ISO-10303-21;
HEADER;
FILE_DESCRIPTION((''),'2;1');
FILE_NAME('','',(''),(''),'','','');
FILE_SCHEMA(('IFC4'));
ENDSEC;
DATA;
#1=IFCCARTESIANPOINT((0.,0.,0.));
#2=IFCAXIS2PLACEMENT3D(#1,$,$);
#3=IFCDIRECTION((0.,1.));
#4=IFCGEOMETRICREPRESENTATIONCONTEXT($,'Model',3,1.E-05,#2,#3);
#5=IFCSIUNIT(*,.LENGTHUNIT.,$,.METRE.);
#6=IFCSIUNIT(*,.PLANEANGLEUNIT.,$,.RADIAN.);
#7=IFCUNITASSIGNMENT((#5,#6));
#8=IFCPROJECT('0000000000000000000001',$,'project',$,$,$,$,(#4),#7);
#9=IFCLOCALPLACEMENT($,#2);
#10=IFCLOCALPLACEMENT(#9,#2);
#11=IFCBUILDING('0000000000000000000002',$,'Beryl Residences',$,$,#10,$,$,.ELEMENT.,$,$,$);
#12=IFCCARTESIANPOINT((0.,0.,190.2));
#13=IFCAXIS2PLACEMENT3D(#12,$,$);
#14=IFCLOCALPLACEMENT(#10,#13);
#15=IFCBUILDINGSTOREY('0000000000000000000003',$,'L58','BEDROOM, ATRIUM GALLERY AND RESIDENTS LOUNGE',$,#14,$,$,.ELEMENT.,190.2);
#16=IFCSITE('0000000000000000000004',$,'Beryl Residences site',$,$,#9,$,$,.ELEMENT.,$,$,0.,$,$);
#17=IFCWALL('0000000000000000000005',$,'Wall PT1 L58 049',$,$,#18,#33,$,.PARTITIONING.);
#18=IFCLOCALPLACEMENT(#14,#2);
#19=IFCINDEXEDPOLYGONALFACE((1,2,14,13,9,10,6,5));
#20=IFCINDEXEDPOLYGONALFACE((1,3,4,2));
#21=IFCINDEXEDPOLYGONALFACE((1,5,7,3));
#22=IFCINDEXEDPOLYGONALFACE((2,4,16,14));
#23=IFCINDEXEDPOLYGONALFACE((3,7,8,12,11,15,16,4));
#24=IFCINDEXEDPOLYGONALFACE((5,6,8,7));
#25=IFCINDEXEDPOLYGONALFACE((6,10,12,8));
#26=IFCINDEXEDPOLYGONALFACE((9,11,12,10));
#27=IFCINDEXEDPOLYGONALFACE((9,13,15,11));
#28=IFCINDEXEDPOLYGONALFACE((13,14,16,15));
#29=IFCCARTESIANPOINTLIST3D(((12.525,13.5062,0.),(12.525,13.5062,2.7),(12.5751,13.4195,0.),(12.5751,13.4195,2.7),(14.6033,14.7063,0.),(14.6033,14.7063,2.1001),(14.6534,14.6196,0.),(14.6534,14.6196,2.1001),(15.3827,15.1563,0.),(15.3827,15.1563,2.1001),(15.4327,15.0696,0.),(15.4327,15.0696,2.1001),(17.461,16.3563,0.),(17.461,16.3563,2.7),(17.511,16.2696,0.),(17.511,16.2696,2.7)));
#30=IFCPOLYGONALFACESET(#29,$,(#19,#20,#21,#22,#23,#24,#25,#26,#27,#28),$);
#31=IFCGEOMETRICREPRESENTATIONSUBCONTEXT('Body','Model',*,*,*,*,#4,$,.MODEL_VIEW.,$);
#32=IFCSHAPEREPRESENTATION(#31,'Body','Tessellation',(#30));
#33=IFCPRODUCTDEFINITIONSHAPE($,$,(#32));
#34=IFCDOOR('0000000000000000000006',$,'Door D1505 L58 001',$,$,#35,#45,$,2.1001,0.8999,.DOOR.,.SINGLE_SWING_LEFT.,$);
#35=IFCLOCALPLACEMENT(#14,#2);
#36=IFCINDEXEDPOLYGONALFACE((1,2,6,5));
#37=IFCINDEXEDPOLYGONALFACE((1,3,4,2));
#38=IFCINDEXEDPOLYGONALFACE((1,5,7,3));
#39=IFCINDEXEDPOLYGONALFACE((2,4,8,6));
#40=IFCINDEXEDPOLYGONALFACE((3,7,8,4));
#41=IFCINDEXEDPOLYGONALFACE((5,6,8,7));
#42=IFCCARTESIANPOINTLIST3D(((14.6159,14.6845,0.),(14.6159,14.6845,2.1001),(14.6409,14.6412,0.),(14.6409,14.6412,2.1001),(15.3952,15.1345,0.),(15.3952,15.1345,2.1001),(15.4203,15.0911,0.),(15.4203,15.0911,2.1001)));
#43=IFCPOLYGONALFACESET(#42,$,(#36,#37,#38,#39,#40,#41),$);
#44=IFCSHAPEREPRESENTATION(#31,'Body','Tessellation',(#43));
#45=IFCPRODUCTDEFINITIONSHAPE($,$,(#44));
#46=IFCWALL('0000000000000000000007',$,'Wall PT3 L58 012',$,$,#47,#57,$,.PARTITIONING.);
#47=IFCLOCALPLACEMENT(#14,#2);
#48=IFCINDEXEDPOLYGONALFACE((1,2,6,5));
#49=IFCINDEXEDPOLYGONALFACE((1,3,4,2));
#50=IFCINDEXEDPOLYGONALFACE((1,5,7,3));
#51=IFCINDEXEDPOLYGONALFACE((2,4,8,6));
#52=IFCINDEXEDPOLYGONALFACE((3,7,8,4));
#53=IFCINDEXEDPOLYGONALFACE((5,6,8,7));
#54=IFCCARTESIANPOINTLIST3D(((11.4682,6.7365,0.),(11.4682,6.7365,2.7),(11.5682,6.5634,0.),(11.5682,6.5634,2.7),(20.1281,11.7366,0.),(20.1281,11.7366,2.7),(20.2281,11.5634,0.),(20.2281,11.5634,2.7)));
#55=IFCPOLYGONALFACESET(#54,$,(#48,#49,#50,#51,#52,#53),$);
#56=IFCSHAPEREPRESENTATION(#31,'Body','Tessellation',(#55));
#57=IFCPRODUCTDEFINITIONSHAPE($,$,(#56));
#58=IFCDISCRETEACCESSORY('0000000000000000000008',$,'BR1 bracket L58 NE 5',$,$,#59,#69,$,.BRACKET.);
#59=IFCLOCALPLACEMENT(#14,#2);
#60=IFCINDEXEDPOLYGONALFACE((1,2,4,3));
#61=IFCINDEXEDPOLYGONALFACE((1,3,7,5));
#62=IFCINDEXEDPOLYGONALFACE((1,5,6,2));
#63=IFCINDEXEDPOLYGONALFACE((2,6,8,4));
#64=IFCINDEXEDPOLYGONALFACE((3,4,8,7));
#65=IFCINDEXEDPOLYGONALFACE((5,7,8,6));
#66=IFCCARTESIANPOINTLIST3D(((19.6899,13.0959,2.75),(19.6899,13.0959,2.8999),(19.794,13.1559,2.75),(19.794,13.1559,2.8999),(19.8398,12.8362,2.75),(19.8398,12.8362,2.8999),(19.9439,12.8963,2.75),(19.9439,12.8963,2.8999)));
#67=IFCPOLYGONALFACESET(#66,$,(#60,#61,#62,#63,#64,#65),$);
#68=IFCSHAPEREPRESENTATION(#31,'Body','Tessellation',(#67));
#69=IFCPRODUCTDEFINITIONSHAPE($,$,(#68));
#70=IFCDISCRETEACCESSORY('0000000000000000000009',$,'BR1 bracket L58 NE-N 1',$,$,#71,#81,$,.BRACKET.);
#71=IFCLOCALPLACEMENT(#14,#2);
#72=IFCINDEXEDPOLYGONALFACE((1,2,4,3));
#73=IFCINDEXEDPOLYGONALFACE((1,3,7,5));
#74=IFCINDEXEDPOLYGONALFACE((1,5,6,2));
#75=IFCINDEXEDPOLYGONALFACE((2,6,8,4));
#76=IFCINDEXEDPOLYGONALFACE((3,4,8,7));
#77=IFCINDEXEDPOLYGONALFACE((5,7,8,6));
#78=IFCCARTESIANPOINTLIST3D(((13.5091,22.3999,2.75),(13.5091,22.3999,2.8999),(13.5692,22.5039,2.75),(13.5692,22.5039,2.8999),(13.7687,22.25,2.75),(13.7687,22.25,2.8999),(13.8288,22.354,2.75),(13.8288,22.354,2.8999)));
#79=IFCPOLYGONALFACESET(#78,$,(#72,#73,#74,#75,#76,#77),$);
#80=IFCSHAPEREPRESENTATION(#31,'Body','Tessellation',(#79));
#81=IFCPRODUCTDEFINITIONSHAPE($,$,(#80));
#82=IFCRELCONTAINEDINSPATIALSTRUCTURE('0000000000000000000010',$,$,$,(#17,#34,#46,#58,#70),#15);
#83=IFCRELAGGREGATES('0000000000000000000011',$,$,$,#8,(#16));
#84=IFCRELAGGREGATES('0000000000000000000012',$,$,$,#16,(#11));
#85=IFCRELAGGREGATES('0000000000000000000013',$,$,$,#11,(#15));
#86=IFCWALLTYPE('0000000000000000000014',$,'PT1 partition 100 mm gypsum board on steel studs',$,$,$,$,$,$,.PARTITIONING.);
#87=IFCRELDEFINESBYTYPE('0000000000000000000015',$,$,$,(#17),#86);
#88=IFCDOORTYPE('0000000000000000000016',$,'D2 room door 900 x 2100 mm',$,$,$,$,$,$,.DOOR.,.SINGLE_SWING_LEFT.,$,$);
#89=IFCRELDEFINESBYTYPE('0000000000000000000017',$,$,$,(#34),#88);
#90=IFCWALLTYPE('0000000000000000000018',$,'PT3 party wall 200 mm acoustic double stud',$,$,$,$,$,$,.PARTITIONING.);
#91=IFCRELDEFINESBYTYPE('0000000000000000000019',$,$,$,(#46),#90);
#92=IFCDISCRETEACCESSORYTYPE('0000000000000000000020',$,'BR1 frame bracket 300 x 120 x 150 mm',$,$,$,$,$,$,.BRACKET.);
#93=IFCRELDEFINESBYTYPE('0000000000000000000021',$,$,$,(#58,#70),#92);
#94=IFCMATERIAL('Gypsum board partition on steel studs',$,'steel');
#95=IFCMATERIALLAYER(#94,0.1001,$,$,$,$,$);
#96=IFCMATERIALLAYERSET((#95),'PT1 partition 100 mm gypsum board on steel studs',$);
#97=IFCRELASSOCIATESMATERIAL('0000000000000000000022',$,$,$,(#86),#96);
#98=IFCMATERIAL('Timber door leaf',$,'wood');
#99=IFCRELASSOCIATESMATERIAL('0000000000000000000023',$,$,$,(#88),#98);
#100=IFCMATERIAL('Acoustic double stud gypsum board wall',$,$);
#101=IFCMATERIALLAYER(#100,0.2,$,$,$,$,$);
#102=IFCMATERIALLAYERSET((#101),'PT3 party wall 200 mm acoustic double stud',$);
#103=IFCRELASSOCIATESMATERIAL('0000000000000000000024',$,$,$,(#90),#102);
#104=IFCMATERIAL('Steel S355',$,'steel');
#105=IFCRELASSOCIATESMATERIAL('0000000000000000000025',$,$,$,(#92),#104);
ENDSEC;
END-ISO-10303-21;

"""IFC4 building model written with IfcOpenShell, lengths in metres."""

from ifc_helpers import new_model, si_unit, direction, frame, frame_2d, origin, place, context, subcontext, project, spatial, polyline, rectangle, outline, extrude, source, transform, mapped, material, layer, layer_set, type_object, type_shapes, element, fill, save


model = new_model("IFC4")

# Units and contexts
model_context = context("Model", 3, precision=1e-05, world=origin(), true_north=direction((0.0, 1.0)))
body_context = subcontext(model_context, "Body", "Model", "MODEL_VIEW")
ifc_project = project(units=[si_unit("LENGTHUNIT", "METRE"), si_unit("PLANEANGLEUNIT", "RADIAN")], contexts=[model_context])

# Site, building, storey
site_placement = place(None, origin())
site = spatial("IfcSite", under=ifc_project, at=site_placement, Name="Beryl Residences site", CompositionType="ELEMENT", RefElevation=0.0)
building_placement = place(site_placement, origin())
building = spatial("IfcBuilding", under=site, at=building_placement, Name="Beryl Residences", CompositionType="ELEMENT")
storey_placement = place(building_placement, frame((0.0, 0.0, 190.2)))
storey = spatial("IfcBuildingStorey", under=building, at=storey_placement, Name="L58", Description="BEDROOM, ATRIUM GALLERY AND RESIDENTS LOUNGE", CompositionType="ELEMENT", Elevation=190.2)

# Shared definitions
ifc_material_1 = material(Name="Gypsum board partition on steel studs", Category="steel")
ifc_layer_1 = layer(ifc_material_1, 0.1001)
ifc_layer_set_1 = layer_set([ifc_layer_1], Name="PT1 partition 100 mm gypsum board on steel studs")
wall_type_1 = type_object("IfcWallType", Name="PT1 partition 100 mm gypsum board on steel studs", PredefinedType="PARTITIONING", material=ifc_layer_set_1)

# Wall, opening, door
wall_1_placement = place(storey_placement, frame((12.55, 13.4629, 0.0), z_axis=(0.0, 0.0, 1.0), x_axis=(0.866004, 0.500036, 0.0)))
wall_1 = element("IfcWall", 1, at=wall_1_placement, inside=storey, type_object=wall_type_1, Name="Wall PT1 L58 049", PredefinedType="PARTITIONING", context=body_context, shape_type="SweptSolid", body=[
    extrude(rectangle(XDim=5.6997, YDim=0.1001, at=frame_2d((2.8499, 0.0))), origin(), (0.0, 0.0, 1.0), 2.7),
])
opening_1_placement = place(wall_1_placement, frame((2.3999, 0.0, 0.0)))
opening_1 = element("IfcOpeningElement", 2, at=opening_1_placement, cuts=wall_1, PredefinedType="OPENING", context=body_context, shape_type="SweptSolid", body=[
    extrude(rectangle(XDim=0.8999, YDim=2.1001, at=frame_2d((0.45, 1.05))), frame((0.0, 0.0601, 0.0), z_axis=(0.0, -1.0, 0.0), x_axis=(1.0, 0.0, 0.0)), (0.0, 0.0, 1.0), 0.1201),
])
ifc_material_2 = material(Name="Timber door leaf", Category="wood")
door_type = type_object("IfcDoorType", Name="D2 room door 900 x 2100 mm", OperationType="SINGLE_SWING_LEFT", PredefinedType="DOOR", material=ifc_material_2)
door_placement = place(opening_1_placement, origin())
door = element("IfcDoor", 3, at=door_placement, inside=storey, type_object=door_type, Name="Door D1505 L58 001", OperationType="SINGLE_SWING_LEFT", OverallHeight=2.1001, OverallWidth=0.8999, PredefinedType="DOOR", context=body_context, shape_type="SweptSolid", body=[
    extrude(rectangle(XDim=0.8999, YDim=2.1001, at=frame_2d((0.45, 1.05))), frame((0.0, 0.0249, 0.0), z_axis=(0.0, -1.0, 0.0), x_axis=(1.0, 0.0, 0.0)), (0.0, 0.0, 1.0), 0.05),
])
fill(opening_1, door)

# Wall
ifc_material_3 = material(Name="Acoustic double stud gypsum board wall")
ifc_layer_2 = layer(ifc_material_3, 0.2)
ifc_layer_set_2 = layer_set([ifc_layer_2], Name="PT3 party wall 200 mm acoustic double stud")
wall_type_2 = type_object("IfcWallType", Name="PT3 party wall 200 mm acoustic double stud", PredefinedType="PARTITIONING", material=ifc_layer_set_2)
wall_2_placement = place(storey_placement, frame((11.5181, 6.6499, 0.0), z_axis=(0.0, 0.0, 1.0), x_axis=(0.866017, 0.500015, 0.0)))
element("IfcWall", 4, at=wall_2_placement, inside=storey, type_object=wall_type_2, Name="Wall PT3 L58 012", PredefinedType="PARTITIONING", context=body_context, shape_type="SweptSolid", body=[
    extrude(rectangle(XDim=9.9998, YDim=0.2, at=frame_2d((5.0, 0.0))), origin(), (0.0, 0.0, 1.0), 2.7),
])

# Discrete accessories
ifc_material_4 = material(Name="Steel S355", Category="steel")
discrete_accessory_type = type_object("IfcDiscreteAccessoryType", Name="BR1 frame bracket 300 x 120 x 150 mm", PredefinedType="BRACKET", material=ifc_material_4)
shared_shape_1 = source(origin(), body_context, "Body", "SweptSolid", [
    extrude(outline(polyline([(-0.1499, 0.0), (0.1499, 0.0), (0.1499, 0.1201), (-0.1499, 0.1201), (-0.1499, 0.0)])), origin(), (0.0, 0.0, 1.0), 0.1499),
])
type_shapes(discrete_accessory_type, [shared_shape_1])
for number, where, z_axis, x_axis, name in (
    (5, (19.7649, 12.9661, 2.75), (0.0, 0.0, 1.0), (0.5, -0.866025, 0.0), "BR1 bracket L58 NE 5"),
    (6, (13.6389, 22.325, 2.75), (0.0, 0.0, 1.0), (0.866025, -0.5, 0.0), "BR1 bracket L58 NE-N 1"),
):
    element("IfcDiscreteAccessory", number, at=place(storey_placement, frame(where, z_axis=z_axis, x_axis=x_axis)), inside=storey, type_object=discrete_accessory_type, Name=name, PredefinedType="BRACKET", context=body_context, shape_type="MappedRepresentation", body=[
        mapped(shared_shape_1, transform((0.0, 0.0, 0.0))),
    ])

save(model, "model.ifc")
